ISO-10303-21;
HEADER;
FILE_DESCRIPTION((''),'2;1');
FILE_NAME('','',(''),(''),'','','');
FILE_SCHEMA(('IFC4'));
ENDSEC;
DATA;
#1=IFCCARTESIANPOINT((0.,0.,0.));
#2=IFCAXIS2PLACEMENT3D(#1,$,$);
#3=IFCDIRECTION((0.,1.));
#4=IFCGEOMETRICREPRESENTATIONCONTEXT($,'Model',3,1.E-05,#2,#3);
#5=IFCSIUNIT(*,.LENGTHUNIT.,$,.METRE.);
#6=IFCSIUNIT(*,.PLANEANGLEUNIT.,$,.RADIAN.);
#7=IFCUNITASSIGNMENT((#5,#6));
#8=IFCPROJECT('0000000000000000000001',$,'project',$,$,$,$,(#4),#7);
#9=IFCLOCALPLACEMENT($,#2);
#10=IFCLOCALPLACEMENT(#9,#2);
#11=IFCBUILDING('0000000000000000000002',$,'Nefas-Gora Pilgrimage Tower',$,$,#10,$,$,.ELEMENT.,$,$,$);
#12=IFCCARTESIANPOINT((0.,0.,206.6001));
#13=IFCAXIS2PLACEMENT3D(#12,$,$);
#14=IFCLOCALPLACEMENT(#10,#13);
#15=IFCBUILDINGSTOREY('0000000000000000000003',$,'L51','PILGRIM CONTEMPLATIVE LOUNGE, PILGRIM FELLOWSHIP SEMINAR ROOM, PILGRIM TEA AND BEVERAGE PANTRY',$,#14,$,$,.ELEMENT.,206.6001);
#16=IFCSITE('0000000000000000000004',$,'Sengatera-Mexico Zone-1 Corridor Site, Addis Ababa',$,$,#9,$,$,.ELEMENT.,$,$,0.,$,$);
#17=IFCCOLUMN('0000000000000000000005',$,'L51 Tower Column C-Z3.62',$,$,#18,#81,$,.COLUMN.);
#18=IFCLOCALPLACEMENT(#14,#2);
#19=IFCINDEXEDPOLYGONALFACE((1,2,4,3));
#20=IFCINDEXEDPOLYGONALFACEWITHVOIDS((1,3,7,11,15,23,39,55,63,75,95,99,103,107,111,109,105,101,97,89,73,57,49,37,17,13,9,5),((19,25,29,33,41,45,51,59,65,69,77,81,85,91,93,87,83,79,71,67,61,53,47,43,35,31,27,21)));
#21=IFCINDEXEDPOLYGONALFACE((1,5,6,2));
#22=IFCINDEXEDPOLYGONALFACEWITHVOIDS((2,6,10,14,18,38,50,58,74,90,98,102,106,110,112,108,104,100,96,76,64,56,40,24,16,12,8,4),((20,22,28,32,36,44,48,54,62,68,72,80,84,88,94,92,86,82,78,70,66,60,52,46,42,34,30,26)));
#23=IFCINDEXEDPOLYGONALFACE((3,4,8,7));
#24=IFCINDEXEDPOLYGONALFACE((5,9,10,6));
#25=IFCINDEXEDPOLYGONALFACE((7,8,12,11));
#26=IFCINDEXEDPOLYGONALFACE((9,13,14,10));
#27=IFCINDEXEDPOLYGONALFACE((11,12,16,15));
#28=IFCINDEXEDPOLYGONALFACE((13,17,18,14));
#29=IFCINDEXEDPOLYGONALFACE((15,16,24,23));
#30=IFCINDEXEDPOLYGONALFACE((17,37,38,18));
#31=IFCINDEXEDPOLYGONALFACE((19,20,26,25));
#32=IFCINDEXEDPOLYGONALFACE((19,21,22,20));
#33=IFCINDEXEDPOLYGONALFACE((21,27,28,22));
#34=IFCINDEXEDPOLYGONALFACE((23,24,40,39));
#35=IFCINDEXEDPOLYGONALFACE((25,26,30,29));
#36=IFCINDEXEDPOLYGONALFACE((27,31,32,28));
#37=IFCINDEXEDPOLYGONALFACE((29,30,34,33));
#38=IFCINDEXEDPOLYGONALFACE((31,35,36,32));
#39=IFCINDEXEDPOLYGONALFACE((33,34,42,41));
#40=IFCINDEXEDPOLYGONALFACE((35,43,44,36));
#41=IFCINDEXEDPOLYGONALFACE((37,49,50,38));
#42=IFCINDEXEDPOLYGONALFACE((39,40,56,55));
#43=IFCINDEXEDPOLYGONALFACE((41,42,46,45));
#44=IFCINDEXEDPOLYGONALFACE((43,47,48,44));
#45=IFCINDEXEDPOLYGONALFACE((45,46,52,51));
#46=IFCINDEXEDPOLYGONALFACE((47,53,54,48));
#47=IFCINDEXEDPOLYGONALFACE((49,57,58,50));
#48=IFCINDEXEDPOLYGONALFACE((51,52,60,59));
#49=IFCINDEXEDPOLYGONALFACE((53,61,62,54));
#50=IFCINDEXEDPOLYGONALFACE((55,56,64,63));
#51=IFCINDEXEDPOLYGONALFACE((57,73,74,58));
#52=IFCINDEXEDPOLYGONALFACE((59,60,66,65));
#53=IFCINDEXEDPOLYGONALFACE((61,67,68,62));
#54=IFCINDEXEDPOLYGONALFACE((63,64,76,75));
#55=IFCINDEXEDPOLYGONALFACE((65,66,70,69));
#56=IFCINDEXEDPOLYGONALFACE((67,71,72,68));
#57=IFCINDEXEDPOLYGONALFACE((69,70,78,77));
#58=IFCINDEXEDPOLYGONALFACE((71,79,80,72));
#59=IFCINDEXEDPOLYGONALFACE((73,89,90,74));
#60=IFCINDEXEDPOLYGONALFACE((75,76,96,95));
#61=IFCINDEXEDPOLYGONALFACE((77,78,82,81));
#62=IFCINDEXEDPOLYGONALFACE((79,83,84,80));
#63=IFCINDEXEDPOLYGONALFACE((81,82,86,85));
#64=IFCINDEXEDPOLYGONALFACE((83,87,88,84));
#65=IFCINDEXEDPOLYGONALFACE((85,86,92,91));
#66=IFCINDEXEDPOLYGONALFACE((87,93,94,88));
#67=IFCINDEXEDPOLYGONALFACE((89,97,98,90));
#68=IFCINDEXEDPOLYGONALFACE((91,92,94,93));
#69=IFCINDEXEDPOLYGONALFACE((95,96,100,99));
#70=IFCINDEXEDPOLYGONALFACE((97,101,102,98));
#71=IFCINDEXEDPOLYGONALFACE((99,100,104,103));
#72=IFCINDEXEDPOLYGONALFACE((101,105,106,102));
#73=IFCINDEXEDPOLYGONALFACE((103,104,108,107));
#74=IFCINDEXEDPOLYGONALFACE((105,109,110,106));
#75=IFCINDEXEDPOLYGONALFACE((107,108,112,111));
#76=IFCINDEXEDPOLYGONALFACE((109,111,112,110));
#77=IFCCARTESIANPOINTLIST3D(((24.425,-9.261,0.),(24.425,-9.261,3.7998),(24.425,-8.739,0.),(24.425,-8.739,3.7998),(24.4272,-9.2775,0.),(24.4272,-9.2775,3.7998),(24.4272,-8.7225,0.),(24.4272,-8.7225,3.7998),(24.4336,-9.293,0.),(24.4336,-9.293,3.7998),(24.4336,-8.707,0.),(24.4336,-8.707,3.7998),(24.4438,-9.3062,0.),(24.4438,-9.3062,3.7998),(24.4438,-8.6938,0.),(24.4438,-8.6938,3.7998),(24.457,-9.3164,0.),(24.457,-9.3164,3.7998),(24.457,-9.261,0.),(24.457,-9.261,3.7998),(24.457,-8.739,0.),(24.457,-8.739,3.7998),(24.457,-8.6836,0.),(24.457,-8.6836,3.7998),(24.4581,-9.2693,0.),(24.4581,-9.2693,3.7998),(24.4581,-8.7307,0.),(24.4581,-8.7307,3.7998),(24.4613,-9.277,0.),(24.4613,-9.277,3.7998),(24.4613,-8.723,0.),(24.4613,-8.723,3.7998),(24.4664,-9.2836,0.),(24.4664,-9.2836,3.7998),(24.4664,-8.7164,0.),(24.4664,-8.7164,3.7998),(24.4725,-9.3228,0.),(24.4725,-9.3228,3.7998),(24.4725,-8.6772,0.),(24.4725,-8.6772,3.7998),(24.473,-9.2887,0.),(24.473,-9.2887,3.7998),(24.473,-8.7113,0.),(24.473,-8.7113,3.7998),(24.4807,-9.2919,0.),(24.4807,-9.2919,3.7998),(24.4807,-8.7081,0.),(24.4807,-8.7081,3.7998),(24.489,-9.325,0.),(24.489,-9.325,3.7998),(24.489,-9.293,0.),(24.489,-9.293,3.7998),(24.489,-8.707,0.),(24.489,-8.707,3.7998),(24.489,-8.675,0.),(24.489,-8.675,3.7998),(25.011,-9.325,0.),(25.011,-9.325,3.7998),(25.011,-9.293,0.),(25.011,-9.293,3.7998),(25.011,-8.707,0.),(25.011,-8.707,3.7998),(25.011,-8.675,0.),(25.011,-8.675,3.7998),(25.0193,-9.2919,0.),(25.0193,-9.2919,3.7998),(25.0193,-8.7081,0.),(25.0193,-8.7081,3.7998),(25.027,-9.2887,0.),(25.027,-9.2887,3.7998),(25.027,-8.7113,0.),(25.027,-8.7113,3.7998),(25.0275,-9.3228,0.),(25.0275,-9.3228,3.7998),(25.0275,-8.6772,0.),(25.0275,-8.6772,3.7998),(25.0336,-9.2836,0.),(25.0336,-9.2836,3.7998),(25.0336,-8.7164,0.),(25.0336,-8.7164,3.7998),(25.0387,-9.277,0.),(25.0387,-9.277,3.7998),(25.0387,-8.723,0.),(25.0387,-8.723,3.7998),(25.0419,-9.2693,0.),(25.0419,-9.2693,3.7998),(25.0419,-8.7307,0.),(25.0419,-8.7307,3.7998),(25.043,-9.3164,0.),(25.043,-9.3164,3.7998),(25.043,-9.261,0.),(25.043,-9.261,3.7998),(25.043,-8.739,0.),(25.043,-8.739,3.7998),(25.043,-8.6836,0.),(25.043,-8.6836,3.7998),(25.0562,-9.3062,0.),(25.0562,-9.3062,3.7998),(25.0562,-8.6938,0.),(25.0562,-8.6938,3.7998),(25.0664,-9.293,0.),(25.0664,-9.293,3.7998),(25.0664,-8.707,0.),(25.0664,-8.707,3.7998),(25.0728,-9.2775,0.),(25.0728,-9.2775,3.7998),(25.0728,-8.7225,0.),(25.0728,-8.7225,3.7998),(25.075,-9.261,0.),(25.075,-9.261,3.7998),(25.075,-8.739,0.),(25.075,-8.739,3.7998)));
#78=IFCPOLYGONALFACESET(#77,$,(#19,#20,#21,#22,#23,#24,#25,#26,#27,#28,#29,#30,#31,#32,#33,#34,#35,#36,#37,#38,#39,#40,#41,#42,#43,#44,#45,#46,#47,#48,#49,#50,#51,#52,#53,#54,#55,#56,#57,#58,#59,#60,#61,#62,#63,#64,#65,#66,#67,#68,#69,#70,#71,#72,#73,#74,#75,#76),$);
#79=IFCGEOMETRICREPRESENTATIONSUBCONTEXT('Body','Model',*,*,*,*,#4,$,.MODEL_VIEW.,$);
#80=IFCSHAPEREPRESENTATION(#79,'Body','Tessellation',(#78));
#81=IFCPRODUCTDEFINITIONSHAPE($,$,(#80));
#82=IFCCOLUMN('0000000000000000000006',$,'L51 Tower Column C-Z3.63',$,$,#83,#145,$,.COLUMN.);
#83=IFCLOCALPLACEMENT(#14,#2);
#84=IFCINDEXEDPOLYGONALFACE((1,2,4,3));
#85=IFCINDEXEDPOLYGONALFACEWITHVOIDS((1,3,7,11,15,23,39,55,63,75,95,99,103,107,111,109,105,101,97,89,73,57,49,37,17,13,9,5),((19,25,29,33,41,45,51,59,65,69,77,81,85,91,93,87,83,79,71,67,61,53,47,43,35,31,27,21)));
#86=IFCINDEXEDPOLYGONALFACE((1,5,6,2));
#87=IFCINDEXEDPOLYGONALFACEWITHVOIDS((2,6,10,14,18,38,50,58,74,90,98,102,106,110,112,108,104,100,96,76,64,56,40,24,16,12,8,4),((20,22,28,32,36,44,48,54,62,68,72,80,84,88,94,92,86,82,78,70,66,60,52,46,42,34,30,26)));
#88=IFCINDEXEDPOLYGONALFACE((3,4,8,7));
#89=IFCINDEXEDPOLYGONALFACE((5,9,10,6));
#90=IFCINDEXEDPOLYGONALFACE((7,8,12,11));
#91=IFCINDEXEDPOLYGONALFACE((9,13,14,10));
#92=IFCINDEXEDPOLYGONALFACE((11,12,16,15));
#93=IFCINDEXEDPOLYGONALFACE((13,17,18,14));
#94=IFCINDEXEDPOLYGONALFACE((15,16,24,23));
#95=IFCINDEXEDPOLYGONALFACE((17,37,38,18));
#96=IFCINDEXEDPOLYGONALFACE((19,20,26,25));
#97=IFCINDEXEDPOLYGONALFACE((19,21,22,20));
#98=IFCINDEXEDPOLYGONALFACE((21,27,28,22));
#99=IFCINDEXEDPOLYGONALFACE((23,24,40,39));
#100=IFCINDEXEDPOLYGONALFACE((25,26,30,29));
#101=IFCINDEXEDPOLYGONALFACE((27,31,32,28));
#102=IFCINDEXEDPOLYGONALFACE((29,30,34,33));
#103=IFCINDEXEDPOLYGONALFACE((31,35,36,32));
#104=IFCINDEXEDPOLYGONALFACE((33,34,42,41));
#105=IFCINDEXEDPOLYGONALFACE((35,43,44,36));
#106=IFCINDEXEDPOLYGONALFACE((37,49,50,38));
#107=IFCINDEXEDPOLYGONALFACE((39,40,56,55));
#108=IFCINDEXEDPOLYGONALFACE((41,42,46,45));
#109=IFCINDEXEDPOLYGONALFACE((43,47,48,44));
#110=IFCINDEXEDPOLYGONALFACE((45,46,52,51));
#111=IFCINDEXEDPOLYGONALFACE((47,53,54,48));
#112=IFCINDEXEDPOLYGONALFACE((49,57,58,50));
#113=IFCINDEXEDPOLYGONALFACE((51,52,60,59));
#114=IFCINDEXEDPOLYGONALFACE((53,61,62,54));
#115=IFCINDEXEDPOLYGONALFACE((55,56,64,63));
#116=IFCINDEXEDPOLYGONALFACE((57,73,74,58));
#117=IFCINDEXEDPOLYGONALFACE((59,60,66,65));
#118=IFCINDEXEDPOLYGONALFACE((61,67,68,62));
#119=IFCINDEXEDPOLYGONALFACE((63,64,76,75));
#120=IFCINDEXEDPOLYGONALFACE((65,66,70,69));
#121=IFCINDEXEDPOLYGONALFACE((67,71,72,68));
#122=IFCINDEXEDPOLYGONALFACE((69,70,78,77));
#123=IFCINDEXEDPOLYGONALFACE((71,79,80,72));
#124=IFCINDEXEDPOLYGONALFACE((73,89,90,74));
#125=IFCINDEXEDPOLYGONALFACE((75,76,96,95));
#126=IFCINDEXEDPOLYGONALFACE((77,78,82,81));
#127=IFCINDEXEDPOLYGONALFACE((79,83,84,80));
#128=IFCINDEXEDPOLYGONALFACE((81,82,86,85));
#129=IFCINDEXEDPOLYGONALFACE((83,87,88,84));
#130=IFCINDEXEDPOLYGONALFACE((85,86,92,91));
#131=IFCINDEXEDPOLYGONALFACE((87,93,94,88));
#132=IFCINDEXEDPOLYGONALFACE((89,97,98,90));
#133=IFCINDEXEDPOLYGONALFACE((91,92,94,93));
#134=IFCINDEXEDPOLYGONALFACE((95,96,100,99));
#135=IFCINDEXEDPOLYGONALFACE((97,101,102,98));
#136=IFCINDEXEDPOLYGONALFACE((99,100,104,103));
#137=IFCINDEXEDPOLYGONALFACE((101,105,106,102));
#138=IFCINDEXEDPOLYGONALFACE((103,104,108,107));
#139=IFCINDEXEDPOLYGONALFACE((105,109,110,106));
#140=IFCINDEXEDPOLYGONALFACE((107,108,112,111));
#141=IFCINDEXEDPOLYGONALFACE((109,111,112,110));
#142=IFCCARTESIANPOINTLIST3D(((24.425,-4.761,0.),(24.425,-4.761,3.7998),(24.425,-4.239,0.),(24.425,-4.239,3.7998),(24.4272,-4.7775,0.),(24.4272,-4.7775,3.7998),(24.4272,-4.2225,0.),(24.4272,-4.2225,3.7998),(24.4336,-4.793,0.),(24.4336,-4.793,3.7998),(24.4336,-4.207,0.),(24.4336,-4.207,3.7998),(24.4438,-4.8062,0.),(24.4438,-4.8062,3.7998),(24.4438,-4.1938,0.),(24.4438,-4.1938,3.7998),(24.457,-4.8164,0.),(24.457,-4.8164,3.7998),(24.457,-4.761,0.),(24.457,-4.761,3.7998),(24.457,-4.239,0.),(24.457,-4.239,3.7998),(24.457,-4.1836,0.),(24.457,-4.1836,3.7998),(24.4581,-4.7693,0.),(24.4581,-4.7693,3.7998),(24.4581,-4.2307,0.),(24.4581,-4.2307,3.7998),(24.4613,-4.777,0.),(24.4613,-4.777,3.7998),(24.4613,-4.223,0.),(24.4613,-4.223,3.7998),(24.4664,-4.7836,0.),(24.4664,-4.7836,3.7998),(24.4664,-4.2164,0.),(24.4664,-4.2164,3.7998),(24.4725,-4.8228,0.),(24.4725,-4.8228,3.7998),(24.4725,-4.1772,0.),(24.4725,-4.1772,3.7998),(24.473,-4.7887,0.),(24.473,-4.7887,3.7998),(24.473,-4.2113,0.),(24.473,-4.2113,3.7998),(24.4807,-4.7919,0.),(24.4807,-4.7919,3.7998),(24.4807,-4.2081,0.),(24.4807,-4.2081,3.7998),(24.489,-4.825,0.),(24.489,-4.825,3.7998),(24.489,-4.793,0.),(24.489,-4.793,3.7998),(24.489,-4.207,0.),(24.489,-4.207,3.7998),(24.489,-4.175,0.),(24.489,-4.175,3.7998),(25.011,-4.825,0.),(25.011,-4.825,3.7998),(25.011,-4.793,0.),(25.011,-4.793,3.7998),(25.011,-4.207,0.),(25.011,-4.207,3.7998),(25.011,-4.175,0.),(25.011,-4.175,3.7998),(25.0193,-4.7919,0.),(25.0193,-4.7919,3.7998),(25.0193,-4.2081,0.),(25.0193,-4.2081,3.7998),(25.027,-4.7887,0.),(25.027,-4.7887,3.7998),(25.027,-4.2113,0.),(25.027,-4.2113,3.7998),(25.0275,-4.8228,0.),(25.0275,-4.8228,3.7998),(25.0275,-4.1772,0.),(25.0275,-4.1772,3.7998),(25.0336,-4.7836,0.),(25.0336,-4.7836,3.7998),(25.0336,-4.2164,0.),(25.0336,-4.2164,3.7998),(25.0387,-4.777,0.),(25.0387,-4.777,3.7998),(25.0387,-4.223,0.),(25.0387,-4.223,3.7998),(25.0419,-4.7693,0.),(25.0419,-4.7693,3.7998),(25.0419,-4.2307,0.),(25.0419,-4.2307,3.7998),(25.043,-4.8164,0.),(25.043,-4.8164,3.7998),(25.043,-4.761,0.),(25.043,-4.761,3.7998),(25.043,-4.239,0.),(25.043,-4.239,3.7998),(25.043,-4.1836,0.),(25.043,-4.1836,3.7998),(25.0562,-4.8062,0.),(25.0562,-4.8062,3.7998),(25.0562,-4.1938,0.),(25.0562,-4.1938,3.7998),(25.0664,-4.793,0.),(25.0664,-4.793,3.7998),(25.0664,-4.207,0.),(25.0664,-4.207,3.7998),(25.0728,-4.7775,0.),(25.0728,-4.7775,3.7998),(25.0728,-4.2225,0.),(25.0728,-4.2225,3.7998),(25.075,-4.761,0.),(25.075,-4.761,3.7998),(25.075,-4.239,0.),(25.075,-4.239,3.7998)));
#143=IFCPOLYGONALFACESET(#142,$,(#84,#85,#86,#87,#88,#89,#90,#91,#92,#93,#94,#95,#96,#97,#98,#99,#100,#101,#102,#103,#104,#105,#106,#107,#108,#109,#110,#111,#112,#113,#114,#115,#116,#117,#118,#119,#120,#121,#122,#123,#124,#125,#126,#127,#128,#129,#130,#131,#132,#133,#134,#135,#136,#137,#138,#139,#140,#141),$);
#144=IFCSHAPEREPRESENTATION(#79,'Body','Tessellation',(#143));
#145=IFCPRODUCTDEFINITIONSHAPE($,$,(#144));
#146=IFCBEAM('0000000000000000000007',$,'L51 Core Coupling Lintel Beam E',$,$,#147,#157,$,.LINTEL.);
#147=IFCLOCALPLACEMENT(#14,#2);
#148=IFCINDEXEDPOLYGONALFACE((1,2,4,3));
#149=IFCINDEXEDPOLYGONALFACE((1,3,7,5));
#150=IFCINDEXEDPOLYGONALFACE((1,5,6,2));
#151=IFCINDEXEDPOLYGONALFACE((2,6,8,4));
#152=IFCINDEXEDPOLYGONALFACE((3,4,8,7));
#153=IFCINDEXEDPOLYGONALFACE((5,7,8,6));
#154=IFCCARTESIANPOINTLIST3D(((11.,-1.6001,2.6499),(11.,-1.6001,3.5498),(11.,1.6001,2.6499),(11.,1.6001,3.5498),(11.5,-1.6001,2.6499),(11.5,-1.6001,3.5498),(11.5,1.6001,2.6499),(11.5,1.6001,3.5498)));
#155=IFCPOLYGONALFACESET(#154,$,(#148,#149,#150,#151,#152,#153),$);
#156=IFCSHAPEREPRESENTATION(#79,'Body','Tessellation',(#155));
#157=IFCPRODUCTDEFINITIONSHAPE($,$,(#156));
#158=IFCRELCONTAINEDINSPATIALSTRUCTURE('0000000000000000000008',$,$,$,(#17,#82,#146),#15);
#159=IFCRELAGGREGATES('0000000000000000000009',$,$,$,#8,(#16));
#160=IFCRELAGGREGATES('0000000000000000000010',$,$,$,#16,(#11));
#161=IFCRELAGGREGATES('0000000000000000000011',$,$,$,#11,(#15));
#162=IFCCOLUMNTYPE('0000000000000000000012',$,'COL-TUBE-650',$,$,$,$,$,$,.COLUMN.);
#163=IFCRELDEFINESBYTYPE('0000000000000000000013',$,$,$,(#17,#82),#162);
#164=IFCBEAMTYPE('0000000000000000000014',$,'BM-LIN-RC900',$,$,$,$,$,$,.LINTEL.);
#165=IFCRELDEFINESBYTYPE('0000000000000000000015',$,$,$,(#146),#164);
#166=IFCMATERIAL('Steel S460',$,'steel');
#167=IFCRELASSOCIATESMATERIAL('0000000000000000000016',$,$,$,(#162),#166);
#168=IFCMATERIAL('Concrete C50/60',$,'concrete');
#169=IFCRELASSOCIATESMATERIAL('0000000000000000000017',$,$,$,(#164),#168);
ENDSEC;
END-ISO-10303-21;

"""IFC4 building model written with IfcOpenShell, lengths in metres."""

from ifc_helpers import new_model, si_unit, direction, frame, origin, origin_2d, place, context, subcontext, project, spatial, rectangle, hollow_rectangle, extrude, source, transform, mapped, material, material_profile, profile_set, type_object, element, save


model = new_model("IFC4")

# Units and contexts
model_context = context("Model", 3, precision=1e-05, world=origin(), true_north=direction((0.0, 1.0)))
body_context = subcontext(model_context, "Body", "Model", "MODEL_VIEW")
ifc_project = project(units=[si_unit("LENGTHUNIT", "METRE"), si_unit("PLANEANGLEUNIT", "RADIAN")], contexts=[model_context])

# Site, building, storey
site_placement = place(None, origin())
site = spatial("IfcSite", under=ifc_project, at=site_placement, Name="Sengatera-Mexico Zone-1 Corridor Site, Addis Ababa", CompositionType="ELEMENT", RefElevation=0.0)
building_placement = place(site_placement, origin())
building = spatial("IfcBuilding", under=site, at=building_placement, Name="Nefas-Gora Pilgrimage Tower", CompositionType="ELEMENT")
storey_placement = place(building_placement, frame((0.0, 0.0, 206.6001)))
storey = spatial("IfcBuildingStorey", under=building, at=storey_placement, Name="L51", Description="PILGRIM CONTEMPLATIVE LOUNGE, PILGRIM FELLOWSHIP SEMINAR ROOM, PILGRIM TEA AND BEVERAGE PANTRY", CompositionType="ELEMENT", Elevation=206.6001)

# Columns
ifc_material_1 = material(Name="Steel S460", Category="steel")
ifc_material_profile_1 = material_profile(ifc_material_1, hollow_rectangle(XDim=0.6499, YDim=0.6499, WallThickness=0.032, InnerFilletRadius=0.032, OuterFilletRadius=0.064, at=origin_2d()), Name="BOX 650x650x32")
ifc_profile_set_1 = profile_set([ifc_material_profile_1], Name="Steel S460")
column_type_1 = type_object("IfcColumnType", Name="COL-TUBE-650", PredefinedType="COLUMN", material=ifc_profile_set_1)
shared_shape_1 = source(origin(), body_context, "Body", "SweptSolid", [
    extrude(hollow_rectangle(XDim=0.6499, YDim=0.6499, WallThickness=0.032, InnerFilletRadius=0.032, OuterFilletRadius=0.064, at=origin_2d()), origin(), (0.0, 0.0, 1.0), 3.7998),
])
for number, where, z_axis, x_axis, name in (
    (1, (24.75, -9.0, 0.0), (0.0, 0.0, 1.0), (1.0, 0.0, 0.0), "L51 Tower Column C-Z3.62"),
    (2, (24.75, -4.5, 0.0), (0.0, 0.0, 1.0), (1.0, 0.0, 0.0), "L51 Tower Column C-Z3.63"),
):
    element("IfcColumn", number, at=place(storey_placement, frame(where, z_axis=z_axis, x_axis=x_axis)), inside=storey, type_object=column_type_1, Name=name, PredefinedType="COLUMN", context=body_context, shape_type="MappedRepresentation", body=[
        mapped(shared_shape_1, transform((0.0, 0.0, 0.0), x_axis=(1.0, 0.0, 0.0), y_axis=(0.0, 1.0, 0.0), z_axis=(0.0, 0.0, 1.0), scale=1.0)),
    ])

# Beam
ifc_material_2 = material(Name="Concrete C50/60", Category="concrete")
ifc_material_profile_2 = material_profile(ifc_material_2, rectangle(XDim=0.5, YDim=0.8999, at=origin_2d()), Name="RC 500x900")
ifc_profile_set_2 = profile_set([ifc_material_profile_2], Name="Concrete C50/60")
beam_type_1 = type_object("IfcBeamType", Name="BM-LIN-RC900", PredefinedType="LINTEL", material=ifc_profile_set_2)
shared_shape_2 = source(origin(), body_context, "Body", "SweptSolid", [
    extrude(rectangle(XDim=0.5, YDim=0.8999, at=origin_2d()), origin(), (0.0, 0.0, 1.0), 3.2002),
])
beam_placement = place(storey_placement, frame((11.25, -1.6001, 3.0999), z_axis=(0.0, 1.0, 0.0), x_axis=(-1.0, 0.0, 0.0)))
element("IfcBeam", 3, at=beam_placement, inside=storey, type_object=beam_type_1, Name="L51 Core Coupling Lintel Beam E", PredefinedType="LINTEL", context=body_context, shape_type="MappedRepresentation", body=[
    mapped(shared_shape_2, transform((0.0, 0.0, 0.0), x_axis=(1.0, 0.0, 0.0), y_axis=(0.0, 1.0, 0.0), z_axis=(0.0, 0.0, 1.0), scale=1.0)),
])

save(model, "model.ifc")
